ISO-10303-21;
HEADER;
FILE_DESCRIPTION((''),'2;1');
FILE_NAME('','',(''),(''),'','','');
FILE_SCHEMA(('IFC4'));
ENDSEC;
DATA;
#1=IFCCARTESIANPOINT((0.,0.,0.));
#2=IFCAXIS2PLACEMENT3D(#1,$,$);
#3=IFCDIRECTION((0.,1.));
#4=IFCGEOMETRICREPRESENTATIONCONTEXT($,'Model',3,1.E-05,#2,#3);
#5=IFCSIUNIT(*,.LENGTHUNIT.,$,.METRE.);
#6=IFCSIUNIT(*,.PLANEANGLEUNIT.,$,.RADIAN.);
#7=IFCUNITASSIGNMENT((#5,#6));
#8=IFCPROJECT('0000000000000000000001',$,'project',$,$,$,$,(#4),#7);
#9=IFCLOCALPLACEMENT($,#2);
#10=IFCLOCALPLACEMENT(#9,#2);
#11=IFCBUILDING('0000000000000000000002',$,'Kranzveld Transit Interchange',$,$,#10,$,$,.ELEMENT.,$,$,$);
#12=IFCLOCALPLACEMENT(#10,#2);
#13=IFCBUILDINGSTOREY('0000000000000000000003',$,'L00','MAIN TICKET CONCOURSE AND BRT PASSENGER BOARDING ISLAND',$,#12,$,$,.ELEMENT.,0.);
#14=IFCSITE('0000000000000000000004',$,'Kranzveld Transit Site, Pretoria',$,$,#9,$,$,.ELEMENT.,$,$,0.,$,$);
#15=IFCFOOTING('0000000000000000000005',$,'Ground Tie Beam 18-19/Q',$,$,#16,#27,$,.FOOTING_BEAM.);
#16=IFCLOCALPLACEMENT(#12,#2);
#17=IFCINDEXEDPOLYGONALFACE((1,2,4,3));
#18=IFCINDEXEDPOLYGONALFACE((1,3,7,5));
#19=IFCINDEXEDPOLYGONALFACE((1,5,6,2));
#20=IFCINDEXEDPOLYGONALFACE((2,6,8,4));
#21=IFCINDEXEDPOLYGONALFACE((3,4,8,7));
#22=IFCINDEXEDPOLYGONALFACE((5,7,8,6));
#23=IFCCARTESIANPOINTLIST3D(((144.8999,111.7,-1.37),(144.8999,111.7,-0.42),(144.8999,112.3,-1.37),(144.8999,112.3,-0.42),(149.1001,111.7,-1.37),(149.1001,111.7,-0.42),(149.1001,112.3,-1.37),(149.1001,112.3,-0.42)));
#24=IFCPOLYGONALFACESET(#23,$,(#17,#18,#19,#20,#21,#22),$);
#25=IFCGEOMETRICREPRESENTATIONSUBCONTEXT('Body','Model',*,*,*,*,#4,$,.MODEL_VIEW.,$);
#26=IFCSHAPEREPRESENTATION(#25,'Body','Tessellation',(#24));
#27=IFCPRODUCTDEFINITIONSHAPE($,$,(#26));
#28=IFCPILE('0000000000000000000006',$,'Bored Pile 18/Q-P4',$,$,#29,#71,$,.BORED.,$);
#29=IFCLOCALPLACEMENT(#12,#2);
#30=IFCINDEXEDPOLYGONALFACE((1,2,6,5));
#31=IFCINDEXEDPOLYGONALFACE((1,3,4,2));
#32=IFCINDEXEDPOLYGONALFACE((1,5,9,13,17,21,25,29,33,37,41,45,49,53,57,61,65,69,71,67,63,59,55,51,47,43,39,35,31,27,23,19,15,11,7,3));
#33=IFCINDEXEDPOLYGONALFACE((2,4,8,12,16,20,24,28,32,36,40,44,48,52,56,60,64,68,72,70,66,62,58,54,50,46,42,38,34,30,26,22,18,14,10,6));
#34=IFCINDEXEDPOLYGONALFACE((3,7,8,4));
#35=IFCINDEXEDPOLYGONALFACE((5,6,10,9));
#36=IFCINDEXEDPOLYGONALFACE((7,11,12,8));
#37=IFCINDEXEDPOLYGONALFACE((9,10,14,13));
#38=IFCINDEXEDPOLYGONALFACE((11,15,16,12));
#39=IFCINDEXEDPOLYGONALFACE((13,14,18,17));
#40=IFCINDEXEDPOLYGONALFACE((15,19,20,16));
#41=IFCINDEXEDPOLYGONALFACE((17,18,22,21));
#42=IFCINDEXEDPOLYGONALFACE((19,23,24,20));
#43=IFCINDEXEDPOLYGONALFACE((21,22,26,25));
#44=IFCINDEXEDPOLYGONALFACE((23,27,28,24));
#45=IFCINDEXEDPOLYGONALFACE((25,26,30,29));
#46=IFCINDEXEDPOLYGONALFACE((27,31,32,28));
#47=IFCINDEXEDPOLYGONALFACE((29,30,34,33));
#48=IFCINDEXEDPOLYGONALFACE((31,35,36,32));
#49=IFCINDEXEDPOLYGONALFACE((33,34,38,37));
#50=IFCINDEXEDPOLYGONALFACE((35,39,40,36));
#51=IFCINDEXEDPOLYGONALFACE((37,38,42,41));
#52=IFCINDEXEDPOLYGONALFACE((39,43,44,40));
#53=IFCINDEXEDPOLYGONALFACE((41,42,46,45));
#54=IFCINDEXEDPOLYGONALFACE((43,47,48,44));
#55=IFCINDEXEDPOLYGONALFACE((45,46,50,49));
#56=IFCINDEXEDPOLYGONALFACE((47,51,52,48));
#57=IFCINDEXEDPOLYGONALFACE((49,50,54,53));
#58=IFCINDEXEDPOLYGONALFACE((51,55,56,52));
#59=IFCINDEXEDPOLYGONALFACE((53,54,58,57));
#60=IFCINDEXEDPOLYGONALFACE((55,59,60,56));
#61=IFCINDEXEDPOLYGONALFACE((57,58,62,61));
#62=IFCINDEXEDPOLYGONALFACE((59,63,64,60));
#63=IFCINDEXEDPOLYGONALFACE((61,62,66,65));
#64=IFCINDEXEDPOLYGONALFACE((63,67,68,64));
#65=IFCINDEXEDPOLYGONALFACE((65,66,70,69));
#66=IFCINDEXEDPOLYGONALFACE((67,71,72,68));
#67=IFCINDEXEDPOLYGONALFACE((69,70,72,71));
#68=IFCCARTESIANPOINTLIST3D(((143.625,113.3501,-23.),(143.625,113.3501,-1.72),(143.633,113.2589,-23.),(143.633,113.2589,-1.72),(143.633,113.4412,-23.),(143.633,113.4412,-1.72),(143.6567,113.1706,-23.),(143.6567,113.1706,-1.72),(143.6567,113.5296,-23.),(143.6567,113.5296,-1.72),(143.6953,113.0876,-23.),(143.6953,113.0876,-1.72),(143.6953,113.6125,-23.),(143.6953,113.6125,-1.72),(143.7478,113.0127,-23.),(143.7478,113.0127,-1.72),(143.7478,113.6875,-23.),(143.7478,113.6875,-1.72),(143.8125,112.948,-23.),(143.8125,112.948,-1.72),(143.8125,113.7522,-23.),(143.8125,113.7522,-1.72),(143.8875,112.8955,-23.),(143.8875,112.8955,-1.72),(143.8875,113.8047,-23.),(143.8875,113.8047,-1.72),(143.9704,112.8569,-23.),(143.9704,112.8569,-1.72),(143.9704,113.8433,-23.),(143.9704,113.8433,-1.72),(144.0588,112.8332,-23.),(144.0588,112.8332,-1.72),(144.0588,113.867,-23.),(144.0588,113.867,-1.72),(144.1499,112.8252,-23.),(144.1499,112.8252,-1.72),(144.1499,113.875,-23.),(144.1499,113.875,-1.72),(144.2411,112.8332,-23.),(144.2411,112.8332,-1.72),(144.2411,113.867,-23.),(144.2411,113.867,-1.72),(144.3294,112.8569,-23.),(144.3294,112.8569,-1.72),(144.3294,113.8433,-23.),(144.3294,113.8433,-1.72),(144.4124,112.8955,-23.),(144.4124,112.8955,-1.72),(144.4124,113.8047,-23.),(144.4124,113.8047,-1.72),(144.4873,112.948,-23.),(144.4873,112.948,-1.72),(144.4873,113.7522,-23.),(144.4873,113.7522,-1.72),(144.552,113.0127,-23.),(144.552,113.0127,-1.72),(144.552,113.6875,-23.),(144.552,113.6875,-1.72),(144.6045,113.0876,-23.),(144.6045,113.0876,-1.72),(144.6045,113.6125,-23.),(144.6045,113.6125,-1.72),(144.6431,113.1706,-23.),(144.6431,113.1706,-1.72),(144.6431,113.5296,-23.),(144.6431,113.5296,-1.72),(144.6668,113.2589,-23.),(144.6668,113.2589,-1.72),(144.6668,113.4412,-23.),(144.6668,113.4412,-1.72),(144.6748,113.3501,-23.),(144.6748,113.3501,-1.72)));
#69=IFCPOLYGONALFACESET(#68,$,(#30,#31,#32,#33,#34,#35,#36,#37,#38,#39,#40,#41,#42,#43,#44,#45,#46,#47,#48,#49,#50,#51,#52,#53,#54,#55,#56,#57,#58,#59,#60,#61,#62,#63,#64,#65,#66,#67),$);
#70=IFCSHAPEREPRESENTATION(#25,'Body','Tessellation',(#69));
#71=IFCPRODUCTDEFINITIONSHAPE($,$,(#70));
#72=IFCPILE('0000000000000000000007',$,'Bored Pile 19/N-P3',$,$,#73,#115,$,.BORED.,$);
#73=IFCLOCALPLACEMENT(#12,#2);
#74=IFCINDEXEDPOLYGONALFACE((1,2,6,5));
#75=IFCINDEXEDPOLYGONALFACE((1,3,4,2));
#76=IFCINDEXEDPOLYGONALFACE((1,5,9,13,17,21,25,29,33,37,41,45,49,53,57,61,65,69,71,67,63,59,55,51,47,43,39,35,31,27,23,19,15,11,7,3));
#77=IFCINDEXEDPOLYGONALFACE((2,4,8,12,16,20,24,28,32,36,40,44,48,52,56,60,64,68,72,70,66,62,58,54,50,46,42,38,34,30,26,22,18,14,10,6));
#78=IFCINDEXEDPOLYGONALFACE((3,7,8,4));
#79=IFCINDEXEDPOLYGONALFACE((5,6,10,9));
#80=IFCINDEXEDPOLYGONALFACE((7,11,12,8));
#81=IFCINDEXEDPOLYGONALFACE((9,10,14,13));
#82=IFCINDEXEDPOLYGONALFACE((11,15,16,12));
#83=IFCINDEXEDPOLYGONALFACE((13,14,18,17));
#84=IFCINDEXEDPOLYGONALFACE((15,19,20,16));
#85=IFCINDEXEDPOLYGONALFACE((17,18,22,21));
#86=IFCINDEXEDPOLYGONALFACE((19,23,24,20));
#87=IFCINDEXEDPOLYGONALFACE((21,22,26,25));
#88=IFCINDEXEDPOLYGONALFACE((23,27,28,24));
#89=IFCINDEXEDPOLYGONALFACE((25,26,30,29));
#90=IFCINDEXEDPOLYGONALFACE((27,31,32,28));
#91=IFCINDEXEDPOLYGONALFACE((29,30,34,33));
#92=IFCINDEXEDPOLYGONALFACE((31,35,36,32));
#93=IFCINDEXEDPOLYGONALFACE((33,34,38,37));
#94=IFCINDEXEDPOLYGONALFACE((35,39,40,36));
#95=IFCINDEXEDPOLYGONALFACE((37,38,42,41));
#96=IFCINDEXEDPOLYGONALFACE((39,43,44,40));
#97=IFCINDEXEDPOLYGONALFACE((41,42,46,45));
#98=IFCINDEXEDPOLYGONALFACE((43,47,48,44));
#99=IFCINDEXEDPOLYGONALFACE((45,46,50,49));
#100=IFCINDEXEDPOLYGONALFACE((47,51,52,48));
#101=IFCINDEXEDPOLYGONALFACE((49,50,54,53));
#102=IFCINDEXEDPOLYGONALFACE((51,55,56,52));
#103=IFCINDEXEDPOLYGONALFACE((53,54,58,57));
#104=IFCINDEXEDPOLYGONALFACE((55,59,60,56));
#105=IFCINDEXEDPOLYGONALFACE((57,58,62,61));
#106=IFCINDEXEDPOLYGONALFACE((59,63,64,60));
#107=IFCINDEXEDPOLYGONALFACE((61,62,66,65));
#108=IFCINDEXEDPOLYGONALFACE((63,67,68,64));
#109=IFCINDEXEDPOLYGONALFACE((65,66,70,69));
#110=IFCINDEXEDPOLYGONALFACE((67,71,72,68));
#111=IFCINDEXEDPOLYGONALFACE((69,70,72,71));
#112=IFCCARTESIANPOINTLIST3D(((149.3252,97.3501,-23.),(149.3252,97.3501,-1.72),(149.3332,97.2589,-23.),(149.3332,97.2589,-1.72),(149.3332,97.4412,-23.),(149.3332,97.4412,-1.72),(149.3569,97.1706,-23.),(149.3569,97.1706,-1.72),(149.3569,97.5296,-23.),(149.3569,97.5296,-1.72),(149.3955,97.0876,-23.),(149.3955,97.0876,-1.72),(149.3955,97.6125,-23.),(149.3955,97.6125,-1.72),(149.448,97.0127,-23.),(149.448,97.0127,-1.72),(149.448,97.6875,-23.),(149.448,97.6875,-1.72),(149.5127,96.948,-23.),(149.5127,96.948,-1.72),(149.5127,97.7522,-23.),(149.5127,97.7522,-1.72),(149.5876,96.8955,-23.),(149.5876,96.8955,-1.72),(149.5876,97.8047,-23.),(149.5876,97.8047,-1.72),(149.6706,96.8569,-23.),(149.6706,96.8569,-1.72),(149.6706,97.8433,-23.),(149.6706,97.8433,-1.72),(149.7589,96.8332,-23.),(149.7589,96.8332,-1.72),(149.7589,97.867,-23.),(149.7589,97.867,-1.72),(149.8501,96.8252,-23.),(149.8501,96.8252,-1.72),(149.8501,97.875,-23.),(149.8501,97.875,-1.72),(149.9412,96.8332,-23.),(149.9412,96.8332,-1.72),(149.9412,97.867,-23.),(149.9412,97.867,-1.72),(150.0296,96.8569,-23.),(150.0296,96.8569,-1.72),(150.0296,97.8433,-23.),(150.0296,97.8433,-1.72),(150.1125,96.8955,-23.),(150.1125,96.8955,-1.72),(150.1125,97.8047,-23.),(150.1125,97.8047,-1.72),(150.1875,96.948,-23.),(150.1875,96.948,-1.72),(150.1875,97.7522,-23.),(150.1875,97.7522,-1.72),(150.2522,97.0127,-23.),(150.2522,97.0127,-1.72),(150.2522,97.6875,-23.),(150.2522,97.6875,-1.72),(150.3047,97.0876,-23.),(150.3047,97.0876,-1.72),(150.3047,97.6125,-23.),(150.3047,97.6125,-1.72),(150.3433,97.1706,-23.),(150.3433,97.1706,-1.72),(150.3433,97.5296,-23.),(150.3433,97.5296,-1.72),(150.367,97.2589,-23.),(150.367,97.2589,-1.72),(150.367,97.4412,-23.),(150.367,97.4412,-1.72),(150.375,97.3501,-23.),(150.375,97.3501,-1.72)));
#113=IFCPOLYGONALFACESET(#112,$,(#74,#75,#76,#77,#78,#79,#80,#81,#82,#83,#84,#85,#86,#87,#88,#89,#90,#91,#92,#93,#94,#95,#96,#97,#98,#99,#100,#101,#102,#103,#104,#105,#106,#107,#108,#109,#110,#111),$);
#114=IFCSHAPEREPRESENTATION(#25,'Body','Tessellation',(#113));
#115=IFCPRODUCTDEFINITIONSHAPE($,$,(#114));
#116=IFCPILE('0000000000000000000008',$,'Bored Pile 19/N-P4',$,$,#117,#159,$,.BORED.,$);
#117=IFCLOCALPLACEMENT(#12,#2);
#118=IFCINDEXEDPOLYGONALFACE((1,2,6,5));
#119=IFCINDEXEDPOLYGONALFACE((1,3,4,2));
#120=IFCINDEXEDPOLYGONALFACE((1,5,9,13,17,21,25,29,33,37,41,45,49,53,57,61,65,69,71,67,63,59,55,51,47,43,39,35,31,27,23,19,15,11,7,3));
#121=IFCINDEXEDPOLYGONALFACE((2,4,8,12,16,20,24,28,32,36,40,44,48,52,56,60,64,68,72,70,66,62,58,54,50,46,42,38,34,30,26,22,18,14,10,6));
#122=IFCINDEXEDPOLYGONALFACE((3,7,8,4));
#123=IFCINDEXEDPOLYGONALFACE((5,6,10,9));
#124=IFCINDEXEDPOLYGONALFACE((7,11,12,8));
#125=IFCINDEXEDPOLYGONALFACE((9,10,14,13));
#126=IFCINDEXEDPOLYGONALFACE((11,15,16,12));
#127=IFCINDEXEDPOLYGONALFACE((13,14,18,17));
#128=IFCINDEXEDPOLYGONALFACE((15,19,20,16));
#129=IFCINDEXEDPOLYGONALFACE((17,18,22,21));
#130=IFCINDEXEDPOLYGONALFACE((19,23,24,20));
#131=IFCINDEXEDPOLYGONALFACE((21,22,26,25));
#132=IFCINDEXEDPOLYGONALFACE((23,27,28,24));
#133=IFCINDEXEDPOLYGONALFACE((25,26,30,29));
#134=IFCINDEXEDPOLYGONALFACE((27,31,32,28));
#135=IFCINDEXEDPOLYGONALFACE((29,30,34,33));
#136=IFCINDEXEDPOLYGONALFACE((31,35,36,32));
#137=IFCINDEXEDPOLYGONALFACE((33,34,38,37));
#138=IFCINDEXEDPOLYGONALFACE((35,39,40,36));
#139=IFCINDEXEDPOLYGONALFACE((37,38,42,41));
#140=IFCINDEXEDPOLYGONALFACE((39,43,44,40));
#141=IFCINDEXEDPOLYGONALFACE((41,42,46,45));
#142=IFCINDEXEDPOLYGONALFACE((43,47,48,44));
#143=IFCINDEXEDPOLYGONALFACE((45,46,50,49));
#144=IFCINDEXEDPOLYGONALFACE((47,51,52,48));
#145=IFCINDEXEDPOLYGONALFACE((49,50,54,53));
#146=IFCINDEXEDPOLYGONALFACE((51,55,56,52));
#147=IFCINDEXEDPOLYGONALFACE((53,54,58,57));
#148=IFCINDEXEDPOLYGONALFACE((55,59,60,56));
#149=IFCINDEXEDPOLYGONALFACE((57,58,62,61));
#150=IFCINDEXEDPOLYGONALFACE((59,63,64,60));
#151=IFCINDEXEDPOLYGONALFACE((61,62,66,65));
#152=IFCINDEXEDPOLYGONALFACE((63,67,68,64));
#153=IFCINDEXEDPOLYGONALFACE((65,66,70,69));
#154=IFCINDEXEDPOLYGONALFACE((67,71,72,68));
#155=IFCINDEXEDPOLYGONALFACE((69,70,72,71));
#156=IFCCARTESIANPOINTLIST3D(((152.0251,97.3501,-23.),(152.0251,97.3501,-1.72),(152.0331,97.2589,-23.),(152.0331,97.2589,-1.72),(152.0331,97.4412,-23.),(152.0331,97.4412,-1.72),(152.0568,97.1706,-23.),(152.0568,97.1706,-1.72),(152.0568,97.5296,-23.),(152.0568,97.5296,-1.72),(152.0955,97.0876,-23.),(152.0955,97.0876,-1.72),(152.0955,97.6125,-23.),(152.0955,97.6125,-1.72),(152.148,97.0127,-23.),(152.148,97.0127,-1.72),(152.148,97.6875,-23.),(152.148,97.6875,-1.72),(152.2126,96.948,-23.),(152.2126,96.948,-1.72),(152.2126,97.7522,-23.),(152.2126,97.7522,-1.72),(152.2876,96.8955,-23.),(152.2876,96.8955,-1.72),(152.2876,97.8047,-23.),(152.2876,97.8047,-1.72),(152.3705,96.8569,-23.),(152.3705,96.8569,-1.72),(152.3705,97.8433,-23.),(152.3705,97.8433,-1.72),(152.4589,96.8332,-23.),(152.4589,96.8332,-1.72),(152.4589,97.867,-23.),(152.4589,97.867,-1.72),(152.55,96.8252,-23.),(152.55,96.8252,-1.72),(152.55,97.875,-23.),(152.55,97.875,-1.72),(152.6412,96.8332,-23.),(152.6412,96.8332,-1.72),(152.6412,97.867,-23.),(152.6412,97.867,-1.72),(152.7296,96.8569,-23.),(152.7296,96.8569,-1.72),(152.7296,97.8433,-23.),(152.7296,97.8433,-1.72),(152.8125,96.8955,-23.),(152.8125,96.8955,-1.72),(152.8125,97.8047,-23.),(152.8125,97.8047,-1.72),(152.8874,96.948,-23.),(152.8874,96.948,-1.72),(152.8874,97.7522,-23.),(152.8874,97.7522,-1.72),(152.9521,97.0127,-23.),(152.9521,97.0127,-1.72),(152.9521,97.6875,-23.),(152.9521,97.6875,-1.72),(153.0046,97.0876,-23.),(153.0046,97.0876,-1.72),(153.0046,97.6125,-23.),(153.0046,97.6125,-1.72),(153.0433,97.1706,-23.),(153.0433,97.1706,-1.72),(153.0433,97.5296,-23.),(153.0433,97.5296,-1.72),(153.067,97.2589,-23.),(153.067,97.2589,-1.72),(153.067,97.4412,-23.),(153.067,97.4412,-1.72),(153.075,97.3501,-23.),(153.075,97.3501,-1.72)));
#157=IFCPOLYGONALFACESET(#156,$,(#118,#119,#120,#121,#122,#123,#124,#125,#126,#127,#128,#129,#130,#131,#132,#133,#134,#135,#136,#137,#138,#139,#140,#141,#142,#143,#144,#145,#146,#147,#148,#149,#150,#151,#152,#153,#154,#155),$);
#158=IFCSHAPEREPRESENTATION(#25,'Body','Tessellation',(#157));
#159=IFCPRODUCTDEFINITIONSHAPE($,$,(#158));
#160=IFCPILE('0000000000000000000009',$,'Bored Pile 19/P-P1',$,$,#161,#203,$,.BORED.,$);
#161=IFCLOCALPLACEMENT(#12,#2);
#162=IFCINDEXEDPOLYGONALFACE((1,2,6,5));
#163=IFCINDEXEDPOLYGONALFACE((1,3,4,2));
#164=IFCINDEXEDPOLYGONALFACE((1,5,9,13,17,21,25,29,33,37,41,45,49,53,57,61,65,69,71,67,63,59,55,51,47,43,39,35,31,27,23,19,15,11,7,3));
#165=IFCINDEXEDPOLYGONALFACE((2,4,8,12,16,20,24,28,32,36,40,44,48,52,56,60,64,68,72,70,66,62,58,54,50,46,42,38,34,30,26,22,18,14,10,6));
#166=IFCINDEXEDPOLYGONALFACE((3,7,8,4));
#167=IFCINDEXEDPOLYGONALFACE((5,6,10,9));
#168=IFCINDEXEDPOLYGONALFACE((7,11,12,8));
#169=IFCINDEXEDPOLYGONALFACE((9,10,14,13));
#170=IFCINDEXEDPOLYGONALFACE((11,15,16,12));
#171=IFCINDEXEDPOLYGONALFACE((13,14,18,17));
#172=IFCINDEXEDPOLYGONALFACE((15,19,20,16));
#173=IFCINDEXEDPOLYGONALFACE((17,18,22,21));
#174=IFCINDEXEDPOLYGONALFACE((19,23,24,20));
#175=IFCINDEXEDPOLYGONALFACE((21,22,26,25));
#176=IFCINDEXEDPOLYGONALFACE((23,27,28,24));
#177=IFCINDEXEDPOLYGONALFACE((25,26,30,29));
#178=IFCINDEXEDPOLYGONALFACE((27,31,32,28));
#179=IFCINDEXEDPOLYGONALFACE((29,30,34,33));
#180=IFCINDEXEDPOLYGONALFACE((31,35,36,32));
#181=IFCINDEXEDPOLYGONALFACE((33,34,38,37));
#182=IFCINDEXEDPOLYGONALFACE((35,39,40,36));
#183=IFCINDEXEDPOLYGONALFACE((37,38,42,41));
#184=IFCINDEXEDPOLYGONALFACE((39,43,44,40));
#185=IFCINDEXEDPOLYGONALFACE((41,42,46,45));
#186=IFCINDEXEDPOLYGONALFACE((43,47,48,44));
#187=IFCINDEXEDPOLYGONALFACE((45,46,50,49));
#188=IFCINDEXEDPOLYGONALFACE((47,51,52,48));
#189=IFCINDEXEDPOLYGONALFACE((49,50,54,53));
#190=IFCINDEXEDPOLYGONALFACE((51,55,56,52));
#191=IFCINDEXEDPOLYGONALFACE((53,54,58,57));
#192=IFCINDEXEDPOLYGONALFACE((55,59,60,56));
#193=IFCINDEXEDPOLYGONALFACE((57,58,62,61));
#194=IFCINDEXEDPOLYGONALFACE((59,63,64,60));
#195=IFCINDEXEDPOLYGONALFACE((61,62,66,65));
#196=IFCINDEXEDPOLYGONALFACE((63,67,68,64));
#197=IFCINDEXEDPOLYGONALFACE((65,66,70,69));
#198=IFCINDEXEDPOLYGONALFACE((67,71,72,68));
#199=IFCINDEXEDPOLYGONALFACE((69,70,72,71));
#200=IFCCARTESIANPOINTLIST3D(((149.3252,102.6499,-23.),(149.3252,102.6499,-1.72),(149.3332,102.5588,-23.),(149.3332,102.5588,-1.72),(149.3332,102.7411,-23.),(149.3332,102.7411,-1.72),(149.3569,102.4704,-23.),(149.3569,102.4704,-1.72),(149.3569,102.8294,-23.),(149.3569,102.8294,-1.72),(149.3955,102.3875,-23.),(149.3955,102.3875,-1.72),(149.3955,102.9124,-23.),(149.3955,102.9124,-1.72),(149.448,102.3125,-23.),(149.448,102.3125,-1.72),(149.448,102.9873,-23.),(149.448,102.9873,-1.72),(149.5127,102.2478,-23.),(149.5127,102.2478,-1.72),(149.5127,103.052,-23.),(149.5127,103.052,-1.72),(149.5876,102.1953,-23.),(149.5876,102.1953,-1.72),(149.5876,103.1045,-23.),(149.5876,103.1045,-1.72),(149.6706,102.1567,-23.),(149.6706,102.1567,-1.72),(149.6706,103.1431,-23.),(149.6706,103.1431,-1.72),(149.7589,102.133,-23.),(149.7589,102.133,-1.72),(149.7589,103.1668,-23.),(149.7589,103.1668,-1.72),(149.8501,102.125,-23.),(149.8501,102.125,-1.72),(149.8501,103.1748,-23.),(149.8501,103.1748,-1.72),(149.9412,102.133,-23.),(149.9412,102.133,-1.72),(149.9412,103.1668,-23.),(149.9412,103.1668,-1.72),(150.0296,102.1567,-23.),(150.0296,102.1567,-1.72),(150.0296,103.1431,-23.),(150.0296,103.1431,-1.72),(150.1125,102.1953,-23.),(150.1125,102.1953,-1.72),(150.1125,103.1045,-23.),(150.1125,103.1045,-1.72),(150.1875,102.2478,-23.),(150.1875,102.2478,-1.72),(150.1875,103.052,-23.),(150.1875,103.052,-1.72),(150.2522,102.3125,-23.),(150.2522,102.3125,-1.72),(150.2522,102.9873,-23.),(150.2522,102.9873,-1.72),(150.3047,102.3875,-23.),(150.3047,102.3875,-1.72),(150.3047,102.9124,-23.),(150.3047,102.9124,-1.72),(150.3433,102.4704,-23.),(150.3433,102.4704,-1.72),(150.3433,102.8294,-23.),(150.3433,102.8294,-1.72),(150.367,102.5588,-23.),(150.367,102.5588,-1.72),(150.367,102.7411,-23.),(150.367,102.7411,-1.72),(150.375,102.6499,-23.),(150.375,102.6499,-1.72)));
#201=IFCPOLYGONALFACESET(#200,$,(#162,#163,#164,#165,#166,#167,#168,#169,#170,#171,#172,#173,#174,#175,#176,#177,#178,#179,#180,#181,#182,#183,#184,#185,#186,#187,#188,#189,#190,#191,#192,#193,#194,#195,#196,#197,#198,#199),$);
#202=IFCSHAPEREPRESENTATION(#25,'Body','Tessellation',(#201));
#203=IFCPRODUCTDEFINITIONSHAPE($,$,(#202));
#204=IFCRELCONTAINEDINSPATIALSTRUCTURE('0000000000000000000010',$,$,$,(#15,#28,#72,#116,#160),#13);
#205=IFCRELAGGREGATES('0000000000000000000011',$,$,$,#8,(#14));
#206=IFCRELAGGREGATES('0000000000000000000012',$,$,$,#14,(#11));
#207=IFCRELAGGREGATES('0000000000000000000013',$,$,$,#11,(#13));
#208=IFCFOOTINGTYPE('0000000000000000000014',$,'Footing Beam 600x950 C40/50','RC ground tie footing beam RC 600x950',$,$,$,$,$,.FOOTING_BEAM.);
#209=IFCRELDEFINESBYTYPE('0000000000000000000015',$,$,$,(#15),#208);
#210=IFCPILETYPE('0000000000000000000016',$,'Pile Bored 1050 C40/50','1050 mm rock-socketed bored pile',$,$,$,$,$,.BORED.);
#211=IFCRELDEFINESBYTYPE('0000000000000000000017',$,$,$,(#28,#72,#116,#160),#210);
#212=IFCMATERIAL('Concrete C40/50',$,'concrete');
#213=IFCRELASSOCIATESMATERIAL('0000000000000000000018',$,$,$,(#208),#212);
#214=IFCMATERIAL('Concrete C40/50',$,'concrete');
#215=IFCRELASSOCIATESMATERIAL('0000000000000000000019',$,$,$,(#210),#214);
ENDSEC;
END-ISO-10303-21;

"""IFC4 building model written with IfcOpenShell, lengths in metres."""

from ifc_helpers import new_model, si_unit, direction, frame, origin, origin_2d, place, context, subcontext, project, spatial, rectangle, circle, extrude, material, material_profile, profile_set, type_object, element, save


model = new_model("IFC4")

# Units and contexts
model_context = context("Model", 3, precision=1e-05, world=origin(), true_north=direction((0.0, 1.0)))
body_context = subcontext(model_context, "Body", "Model", "MODEL_VIEW")
ifc_project = project(units=[si_unit("LENGTHUNIT", "METRE"), si_unit("PLANEANGLEUNIT", "RADIAN")], contexts=[model_context])

# Site, building, storey
site_placement = place(None, origin())
site = spatial("IfcSite", under=ifc_project, at=site_placement, Name="Kranzveld Transit Site, Pretoria", CompositionType="ELEMENT", RefElevation=0.0)
building_placement = place(site_placement, origin())
building = spatial("IfcBuilding", under=site, at=building_placement, Name="Kranzveld Transit Interchange", CompositionType="ELEMENT")
storey_placement = place(building_placement, origin())
storey = spatial("IfcBuildingStorey", under=building, at=storey_placement, Name="L00", Description="MAIN TICKET CONCOURSE AND BRT PASSENGER BOARDING ISLAND", CompositionType="ELEMENT", Elevation=0.0)

# Footing
ifc_material_1 = material(Name="Concrete C40/50", Category="concrete")
ifc_material_profile_1 = material_profile(ifc_material_1, rectangle(XDim=0.6001, YDim=0.95, at=origin_2d()), Name="RC 600x950")
ifc_profile_set_1 = profile_set([ifc_material_profile_1], Name="Concrete C40/50")
footing_type_1 = type_object("IfcFootingType", Name="Footing Beam 600x950 C40/50", Description="RC ground tie footing beam RC 600x950", PredefinedType="FOOTING_BEAM", material=ifc_profile_set_1)
footing_placement = place(storey_placement, frame((144.8999, 112.0, -0.895), z_axis=(1.0, 0.0, 0.0), x_axis=(0.0, 1.0, 0.0)))
element("IfcFooting", 1, at=footing_placement, inside=storey, type_object=footing_type_1, Name="Ground Tie Beam 18-19/Q", PredefinedType="FOOTING_BEAM", context=body_context, shape_type="SweptSolid", body=[
    extrude(rectangle(XDim=0.6001, YDim=0.95, at=origin_2d()), origin(), (0.0, 0.0, 1.0), 4.2002),
])

# Piles
ifc_material_2 = material(Name="Concrete C40/50", Category="concrete")
ifc_material_profile_2 = material_profile(ifc_material_2, circle(Radius=0.5249, at=origin_2d()), Name="BORED PILE 1050")
ifc_profile_set_2 = profile_set([ifc_material_profile_2], Name="Concrete C40/50")
pile_type = type_object("IfcPileType", Name="Pile Bored 1050 C40/50", Description="1050 mm rock-socketed bored pile", PredefinedType="BORED", material=ifc_profile_set_2)
for number, where, z_axis, x_axis, name in (
    (2, (144.1499, 113.3501, -1.72), (0.0, 0.0, -1.0), (1.0, 0.0, 0.0), "Bored Pile 18/Q-P4"),
    (3, (149.8501, 97.3501, -1.72), (0.0, 0.0, -1.0), (1.0, 0.0, 0.0), "Bored Pile 19/N-P3"),
    (4, (152.55, 97.3501, -1.72), (0.0, 0.0, -1.0), (1.0, 0.0, 0.0), "Bored Pile 19/N-P4"),
    (5, (149.8501, 102.6499, -1.72), (0.0, 0.0, -1.0), (1.0, 0.0, 0.0), "Bored Pile 19/P-P1"),
):
    element("IfcPile", number, at=place(storey_placement, frame(where, z_axis=z_axis, x_axis=x_axis)), inside=storey, type_object=pile_type, Name=name, PredefinedType="BORED", context=body_context, shape_type="SweptSolid", body=[
        extrude(circle(Radius=0.5249, at=origin_2d()), origin(), (0.0, 0.0, 1.0), 21.28),
    ])

save(model, "model.ifc")
